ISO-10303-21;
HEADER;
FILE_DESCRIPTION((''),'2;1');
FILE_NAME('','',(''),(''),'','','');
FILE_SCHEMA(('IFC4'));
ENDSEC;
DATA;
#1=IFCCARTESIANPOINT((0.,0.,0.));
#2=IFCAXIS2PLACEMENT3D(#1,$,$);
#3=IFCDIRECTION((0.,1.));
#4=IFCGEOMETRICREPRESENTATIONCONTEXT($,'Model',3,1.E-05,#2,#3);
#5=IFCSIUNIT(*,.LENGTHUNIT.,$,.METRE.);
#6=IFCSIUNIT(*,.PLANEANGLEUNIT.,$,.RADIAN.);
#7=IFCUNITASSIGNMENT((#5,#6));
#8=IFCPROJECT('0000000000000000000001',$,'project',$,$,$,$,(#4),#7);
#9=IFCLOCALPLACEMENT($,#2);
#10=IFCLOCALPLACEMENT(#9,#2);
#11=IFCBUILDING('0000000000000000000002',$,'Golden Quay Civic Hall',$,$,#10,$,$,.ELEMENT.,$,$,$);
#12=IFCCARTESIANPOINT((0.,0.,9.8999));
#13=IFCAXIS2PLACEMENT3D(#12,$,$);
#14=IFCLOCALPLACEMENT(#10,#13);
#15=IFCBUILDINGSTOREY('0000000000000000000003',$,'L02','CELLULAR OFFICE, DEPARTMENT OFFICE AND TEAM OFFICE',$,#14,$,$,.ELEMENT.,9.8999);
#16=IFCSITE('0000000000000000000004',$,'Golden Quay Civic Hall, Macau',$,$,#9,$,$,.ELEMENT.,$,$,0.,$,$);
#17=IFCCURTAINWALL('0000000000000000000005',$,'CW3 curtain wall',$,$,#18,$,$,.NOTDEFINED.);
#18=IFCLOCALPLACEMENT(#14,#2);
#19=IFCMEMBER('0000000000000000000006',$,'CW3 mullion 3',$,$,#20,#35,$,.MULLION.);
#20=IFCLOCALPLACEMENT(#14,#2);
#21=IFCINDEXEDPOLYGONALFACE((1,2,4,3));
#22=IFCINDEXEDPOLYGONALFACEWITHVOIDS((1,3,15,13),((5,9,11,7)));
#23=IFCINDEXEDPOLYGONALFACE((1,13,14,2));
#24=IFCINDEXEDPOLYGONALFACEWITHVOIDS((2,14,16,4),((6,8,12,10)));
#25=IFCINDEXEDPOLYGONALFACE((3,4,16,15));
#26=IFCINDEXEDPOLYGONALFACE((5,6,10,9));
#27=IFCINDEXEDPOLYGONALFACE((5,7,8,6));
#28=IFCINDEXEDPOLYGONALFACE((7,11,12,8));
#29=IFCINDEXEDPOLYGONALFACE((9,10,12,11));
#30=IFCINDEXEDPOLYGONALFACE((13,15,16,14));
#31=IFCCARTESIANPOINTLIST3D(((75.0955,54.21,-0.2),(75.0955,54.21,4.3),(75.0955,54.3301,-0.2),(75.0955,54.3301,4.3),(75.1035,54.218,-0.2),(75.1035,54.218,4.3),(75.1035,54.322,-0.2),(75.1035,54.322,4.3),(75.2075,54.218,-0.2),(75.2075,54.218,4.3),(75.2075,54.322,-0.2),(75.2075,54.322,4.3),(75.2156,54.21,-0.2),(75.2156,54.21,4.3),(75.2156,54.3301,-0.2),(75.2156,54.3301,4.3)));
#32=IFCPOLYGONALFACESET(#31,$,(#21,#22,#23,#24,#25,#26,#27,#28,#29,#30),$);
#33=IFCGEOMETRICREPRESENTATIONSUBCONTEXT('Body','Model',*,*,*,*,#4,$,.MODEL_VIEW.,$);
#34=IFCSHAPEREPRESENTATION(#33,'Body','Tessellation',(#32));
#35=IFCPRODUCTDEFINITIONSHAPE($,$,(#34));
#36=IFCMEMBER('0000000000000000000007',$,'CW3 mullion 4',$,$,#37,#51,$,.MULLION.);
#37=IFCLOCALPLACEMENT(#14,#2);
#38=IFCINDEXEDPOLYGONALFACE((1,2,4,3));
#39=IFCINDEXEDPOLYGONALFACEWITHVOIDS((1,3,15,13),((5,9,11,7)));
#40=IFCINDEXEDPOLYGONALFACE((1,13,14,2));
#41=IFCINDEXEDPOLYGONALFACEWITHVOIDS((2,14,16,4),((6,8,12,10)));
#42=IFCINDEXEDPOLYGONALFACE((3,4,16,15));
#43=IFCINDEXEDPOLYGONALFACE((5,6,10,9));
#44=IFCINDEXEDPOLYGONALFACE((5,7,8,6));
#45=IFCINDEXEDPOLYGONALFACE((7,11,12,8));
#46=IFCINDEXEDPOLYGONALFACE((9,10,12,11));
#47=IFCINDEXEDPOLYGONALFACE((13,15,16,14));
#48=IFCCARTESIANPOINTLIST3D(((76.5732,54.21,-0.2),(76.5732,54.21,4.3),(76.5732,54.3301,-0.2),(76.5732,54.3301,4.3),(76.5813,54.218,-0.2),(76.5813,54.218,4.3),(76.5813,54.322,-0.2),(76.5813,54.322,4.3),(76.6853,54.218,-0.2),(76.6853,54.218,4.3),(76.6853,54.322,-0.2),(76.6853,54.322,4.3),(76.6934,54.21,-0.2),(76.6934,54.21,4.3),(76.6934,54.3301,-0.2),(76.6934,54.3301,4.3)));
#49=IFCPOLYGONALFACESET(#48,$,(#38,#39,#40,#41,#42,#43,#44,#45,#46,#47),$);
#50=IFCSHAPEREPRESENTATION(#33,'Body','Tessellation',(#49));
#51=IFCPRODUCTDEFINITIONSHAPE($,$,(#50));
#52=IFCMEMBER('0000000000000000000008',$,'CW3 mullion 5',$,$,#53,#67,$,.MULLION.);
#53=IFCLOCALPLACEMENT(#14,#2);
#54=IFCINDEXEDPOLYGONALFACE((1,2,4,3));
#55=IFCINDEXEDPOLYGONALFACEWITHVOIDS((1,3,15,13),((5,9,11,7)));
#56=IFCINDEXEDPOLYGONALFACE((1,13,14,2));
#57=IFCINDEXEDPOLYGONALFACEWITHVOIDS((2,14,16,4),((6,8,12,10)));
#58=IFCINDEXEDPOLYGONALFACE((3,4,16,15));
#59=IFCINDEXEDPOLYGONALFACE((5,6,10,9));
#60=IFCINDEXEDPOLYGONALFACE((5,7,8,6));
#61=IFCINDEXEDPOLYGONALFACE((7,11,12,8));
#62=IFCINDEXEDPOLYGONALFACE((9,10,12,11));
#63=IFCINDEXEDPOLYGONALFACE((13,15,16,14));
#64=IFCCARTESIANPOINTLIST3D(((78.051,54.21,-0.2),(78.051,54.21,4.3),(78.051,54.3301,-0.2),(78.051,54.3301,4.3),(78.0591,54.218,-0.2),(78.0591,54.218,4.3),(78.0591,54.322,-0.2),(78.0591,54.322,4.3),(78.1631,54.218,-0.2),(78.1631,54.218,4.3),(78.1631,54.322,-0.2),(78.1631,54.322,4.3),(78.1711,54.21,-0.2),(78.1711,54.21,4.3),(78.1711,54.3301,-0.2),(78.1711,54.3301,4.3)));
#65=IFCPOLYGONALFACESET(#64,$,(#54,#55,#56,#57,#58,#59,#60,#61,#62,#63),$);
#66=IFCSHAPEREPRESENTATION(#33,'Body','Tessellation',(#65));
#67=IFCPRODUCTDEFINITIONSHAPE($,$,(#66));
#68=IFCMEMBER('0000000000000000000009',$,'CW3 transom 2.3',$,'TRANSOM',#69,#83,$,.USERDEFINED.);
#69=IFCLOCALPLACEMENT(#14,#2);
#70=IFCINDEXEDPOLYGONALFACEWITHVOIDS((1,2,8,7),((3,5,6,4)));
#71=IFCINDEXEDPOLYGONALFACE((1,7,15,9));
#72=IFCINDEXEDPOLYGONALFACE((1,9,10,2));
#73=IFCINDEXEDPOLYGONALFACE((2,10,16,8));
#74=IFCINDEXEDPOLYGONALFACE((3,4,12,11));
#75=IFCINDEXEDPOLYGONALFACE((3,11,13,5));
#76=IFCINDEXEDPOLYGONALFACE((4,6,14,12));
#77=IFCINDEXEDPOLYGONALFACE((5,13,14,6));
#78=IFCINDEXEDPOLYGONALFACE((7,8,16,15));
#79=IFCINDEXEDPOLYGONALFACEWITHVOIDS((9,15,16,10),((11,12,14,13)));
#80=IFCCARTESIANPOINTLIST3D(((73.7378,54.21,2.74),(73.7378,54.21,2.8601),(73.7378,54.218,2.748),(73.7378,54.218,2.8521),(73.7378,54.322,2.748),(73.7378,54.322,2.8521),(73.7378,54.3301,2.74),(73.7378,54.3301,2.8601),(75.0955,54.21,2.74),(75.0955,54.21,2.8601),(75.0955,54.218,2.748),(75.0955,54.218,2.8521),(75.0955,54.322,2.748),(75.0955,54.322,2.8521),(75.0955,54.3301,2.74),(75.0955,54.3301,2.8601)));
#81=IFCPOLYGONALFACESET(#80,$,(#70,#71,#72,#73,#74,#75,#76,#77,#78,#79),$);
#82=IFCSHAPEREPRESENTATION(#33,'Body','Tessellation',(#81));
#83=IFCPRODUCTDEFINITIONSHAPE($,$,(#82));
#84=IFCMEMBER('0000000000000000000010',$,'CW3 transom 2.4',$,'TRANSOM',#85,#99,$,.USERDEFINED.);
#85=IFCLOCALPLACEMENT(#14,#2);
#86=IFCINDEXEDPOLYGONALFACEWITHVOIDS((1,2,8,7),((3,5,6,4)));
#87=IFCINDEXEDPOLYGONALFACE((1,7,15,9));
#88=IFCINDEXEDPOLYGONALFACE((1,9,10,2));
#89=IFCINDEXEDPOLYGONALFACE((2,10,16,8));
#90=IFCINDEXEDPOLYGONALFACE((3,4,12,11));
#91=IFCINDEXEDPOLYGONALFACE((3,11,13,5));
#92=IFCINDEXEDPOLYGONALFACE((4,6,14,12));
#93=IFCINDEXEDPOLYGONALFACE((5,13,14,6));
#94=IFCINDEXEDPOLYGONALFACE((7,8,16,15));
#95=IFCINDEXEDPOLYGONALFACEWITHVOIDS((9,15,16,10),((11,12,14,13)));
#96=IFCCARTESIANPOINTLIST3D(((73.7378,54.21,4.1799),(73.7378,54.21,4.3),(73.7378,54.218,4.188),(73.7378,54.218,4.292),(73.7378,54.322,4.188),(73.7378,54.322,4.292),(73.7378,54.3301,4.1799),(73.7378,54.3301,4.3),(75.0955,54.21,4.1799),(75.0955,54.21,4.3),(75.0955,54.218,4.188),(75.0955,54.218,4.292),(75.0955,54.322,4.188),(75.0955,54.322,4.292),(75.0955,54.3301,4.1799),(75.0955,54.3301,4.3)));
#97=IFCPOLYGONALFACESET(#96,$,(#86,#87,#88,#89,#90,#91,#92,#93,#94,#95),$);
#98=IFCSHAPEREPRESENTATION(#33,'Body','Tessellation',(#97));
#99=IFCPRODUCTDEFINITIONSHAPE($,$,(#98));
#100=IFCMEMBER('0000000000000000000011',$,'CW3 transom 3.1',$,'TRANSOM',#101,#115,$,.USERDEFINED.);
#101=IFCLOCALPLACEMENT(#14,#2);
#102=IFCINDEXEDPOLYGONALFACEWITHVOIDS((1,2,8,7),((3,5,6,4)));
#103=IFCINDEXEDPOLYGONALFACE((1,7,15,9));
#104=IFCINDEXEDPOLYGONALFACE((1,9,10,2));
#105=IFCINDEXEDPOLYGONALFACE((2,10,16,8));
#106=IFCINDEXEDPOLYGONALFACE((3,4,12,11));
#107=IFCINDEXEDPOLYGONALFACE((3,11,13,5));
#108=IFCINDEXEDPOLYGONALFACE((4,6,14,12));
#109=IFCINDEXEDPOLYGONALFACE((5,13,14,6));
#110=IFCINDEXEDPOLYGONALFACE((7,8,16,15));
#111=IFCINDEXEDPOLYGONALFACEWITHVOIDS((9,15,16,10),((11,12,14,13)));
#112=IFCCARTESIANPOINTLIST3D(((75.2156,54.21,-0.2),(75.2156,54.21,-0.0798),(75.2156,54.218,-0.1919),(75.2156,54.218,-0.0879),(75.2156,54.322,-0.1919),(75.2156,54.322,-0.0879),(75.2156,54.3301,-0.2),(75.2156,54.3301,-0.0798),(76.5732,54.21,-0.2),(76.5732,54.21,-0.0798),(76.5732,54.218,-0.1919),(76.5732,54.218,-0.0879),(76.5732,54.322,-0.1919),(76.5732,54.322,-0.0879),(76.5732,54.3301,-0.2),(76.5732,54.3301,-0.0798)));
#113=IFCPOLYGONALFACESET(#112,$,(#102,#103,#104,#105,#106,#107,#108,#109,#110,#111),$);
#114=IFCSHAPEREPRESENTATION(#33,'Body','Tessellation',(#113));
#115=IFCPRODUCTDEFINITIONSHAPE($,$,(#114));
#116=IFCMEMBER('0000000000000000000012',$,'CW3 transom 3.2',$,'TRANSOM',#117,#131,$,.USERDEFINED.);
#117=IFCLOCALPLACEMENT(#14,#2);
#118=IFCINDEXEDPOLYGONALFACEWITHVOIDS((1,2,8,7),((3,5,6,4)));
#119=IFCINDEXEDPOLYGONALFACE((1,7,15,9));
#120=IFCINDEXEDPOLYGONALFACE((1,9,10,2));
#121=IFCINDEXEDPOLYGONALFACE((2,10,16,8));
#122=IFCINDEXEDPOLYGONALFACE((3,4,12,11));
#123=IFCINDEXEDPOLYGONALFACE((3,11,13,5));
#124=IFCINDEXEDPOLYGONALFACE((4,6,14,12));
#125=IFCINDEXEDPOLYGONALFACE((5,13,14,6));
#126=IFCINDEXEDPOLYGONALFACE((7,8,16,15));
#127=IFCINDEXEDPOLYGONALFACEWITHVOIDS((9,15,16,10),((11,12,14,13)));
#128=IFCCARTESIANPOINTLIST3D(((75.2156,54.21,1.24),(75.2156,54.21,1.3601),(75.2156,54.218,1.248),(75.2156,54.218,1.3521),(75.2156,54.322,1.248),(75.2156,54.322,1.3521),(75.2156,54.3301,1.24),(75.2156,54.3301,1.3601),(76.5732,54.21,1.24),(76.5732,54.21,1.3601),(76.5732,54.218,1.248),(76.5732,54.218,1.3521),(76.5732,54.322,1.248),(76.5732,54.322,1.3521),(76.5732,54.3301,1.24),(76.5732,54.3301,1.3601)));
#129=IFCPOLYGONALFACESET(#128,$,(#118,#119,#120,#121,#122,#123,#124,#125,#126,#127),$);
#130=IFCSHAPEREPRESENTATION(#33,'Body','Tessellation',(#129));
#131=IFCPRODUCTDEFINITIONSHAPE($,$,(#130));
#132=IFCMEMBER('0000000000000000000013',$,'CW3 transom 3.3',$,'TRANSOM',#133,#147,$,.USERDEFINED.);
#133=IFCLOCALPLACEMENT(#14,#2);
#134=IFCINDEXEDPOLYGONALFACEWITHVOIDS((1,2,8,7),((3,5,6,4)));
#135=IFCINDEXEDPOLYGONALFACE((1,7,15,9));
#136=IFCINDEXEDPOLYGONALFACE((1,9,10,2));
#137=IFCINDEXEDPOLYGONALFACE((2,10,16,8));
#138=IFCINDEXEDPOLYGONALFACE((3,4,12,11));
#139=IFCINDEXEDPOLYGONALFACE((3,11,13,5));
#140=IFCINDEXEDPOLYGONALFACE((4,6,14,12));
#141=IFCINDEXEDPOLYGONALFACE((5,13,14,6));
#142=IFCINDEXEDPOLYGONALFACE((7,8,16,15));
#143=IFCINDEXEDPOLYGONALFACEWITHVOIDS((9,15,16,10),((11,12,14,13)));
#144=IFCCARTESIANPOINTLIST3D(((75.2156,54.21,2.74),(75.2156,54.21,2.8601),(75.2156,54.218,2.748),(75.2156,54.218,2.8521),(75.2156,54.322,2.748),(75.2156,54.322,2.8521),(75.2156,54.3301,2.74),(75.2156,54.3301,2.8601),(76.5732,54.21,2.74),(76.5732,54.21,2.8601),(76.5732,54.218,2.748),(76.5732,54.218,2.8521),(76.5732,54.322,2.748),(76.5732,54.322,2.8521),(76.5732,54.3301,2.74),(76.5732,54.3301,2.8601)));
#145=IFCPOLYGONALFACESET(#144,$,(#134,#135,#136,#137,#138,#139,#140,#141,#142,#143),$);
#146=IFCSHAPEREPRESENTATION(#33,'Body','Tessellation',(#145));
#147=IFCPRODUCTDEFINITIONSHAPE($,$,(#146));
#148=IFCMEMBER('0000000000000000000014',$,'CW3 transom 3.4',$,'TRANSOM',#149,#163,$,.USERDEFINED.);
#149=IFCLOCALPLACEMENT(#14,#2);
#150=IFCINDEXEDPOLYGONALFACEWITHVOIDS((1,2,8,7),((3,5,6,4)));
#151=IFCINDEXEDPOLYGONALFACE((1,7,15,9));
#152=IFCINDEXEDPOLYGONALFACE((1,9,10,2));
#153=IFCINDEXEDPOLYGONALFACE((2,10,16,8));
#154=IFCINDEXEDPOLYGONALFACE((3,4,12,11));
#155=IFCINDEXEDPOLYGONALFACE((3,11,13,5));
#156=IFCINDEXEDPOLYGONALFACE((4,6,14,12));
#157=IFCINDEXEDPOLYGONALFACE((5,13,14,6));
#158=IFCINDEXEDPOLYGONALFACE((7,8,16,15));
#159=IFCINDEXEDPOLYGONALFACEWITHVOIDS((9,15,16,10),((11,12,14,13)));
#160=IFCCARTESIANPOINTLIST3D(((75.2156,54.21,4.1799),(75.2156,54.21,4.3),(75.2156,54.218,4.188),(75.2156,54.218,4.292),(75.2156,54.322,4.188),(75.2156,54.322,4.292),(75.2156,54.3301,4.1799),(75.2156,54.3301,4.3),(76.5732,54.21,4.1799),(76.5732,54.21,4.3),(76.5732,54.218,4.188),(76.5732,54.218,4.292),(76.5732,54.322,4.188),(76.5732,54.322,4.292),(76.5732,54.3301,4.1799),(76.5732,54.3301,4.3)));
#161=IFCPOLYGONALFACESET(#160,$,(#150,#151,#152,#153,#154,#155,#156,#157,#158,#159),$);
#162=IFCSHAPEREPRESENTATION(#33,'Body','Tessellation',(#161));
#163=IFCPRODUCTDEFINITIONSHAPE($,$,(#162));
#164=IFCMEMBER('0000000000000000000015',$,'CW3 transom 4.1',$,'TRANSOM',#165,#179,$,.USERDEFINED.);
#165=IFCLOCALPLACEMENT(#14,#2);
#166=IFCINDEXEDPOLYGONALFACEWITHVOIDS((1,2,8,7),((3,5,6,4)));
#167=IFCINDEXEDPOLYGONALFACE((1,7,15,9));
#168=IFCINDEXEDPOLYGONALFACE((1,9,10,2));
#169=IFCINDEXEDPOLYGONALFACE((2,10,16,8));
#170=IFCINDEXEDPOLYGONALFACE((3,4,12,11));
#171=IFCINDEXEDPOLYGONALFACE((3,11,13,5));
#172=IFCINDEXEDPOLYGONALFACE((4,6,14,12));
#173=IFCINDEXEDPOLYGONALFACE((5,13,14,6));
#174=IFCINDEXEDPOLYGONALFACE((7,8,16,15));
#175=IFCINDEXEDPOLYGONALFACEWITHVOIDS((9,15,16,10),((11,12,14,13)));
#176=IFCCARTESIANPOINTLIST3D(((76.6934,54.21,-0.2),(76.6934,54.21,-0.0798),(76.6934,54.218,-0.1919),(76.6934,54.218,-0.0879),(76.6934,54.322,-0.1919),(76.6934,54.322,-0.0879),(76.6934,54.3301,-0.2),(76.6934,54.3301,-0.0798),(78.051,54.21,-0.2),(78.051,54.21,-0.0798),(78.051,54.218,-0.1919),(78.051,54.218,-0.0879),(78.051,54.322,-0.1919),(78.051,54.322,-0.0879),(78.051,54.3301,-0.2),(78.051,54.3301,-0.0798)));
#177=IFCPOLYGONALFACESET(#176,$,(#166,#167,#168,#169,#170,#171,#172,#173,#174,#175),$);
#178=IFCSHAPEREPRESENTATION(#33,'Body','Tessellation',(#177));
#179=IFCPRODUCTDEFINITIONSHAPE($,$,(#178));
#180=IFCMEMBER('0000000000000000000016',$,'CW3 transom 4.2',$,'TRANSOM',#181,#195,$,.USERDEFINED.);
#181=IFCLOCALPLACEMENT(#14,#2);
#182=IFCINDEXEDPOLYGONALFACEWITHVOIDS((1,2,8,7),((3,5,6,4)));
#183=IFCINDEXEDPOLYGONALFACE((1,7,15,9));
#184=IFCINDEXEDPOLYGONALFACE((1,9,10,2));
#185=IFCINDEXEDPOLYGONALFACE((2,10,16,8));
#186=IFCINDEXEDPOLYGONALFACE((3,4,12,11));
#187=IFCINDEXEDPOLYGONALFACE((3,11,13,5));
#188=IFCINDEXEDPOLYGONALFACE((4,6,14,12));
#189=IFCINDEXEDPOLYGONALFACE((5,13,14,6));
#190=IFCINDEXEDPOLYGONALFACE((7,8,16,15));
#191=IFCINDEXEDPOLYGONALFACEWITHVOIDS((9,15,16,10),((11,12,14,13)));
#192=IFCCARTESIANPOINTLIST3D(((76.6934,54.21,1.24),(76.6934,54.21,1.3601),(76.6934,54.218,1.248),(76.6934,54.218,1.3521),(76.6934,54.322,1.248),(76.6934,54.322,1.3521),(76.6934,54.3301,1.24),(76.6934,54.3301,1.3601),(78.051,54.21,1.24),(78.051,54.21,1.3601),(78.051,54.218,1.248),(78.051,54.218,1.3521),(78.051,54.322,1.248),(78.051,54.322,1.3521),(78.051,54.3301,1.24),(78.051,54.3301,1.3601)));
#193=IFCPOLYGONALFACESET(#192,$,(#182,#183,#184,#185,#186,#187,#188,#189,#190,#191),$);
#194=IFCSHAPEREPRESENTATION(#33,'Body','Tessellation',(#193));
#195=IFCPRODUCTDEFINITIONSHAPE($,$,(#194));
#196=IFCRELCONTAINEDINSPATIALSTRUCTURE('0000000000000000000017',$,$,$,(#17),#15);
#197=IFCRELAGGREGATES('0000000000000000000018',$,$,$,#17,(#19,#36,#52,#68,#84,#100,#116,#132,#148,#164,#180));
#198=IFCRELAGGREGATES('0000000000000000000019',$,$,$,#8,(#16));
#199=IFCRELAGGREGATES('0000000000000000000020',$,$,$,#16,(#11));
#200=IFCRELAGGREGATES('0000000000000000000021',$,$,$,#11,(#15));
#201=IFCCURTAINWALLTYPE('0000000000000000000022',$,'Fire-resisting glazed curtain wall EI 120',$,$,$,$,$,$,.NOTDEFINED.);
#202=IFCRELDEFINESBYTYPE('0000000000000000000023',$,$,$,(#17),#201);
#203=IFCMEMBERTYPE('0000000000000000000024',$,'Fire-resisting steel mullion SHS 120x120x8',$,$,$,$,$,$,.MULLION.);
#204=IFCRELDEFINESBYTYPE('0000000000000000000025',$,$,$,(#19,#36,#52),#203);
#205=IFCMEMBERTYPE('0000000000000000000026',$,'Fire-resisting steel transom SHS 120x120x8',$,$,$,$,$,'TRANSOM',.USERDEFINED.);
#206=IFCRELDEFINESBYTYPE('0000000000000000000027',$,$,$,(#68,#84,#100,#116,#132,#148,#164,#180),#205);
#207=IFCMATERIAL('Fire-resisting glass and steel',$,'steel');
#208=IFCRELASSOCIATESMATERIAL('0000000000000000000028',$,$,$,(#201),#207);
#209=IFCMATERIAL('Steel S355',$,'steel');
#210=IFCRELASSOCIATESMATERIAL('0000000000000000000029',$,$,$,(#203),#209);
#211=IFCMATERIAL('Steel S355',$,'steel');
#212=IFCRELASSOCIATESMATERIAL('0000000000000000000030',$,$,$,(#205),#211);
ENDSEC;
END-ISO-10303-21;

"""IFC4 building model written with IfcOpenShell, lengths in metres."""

from ifc_helpers import new_model, si_unit, direction, frame, origin, origin_2d, place, context, subcontext, project, spatial, hollow_rectangle, extrude, material, material_profile, profile_set, type_object, element, aggregate, save


model = new_model("IFC4")

# Units and contexts
model_context = context("Model", 3, precision=1e-05, world=origin(), true_north=direction((0.0, 1.0)))
body_context = subcontext(model_context, "Body", "Model", "MODEL_VIEW")
ifc_project = project(units=[si_unit("LENGTHUNIT", "METRE"), si_unit("PLANEANGLEUNIT", "RADIAN")], contexts=[model_context])

# Site, building, storey
site_placement = place(None, origin())
site = spatial("IfcSite", under=ifc_project, at=site_placement, Name="Golden Quay Civic Hall, Macau", CompositionType="ELEMENT", RefElevation=0.0)
building_placement = place(site_placement, origin())
building = spatial("IfcBuilding", under=site, at=building_placement, Name="Golden Quay Civic Hall", CompositionType="ELEMENT")
storey_placement = place(building_placement, frame((0.0, 0.0, 9.8999)))
storey = spatial("IfcBuildingStorey", under=building, at=storey_placement, Name="L02", Description="CELLULAR OFFICE, DEPARTMENT OFFICE AND TEAM OFFICE", CompositionType="ELEMENT", Elevation=9.8999)

# Curtain wall, members
ifc_material_1 = material(Name="Fire-resisting glass and steel", Category="steel")
curtain_wall_type = type_object("IfcCurtainWallType", Name="Fire-resisting glazed curtain wall EI 120", PredefinedType="NOTDEFINED", material=ifc_material_1)
curtain_wall_placement = place(storey_placement, origin())
curtain_wall = element("IfcCurtainWall", 1, at=curtain_wall_placement, inside=storey, type_object=curtain_wall_type, Name="CW3 curtain wall", PredefinedType="NOTDEFINED")
ifc_material_2 = material(Name="Steel S355", Category="steel")
ifc_material_profile_1 = material_profile(ifc_material_2, hollow_rectangle(XDim=0.1201, YDim=0.1201, WallThickness=0.0081, at=origin_2d()), Name="SHS 120x120x8")
ifc_profile_set_1 = profile_set([ifc_material_profile_1], Name="Steel S355")
member_type_1 = type_object("IfcMemberType", Name="Fire-resisting steel mullion SHS 120x120x8", PredefinedType="MULLION", material=ifc_profile_set_1)
member_1_placement = place(storey_placement, frame((75.1555, 54.27, -0.2), z_axis=(0.0, 0.0, 1.0), x_axis=(0.0, 1.0, 0.0)))
member_1 = element("IfcMember", 2, at=member_1_placement, type_object=member_type_1, Name="CW3 mullion 3", PredefinedType="MULLION", context=body_context, shape_type="SweptSolid", body=[
    extrude(hollow_rectangle(XDim=0.1201, YDim=0.1201, WallThickness=0.0081, at=origin_2d()), origin(), (0.0, 0.0, 1.0), 4.5),
])
member_2_placement = place(storey_placement, frame((76.6333, 54.27, -0.2), z_axis=(0.0, 0.0, 1.0), x_axis=(0.0, 1.0, 0.0)))
member_2 = element("IfcMember", 3, at=member_2_placement, type_object=member_type_1, Name="CW3 mullion 4", PredefinedType="MULLION", context=body_context, shape_type="SweptSolid", body=[
    extrude(hollow_rectangle(XDim=0.1201, YDim=0.1201, WallThickness=0.0081, at=origin_2d()), origin(), (0.0, 0.0, 1.0), 4.5),
])
member_3_placement = place(storey_placement, frame((78.1111, 54.27, -0.2), z_axis=(0.0, 0.0, 1.0), x_axis=(0.0, 1.0, 0.0)))
member_3 = element("IfcMember", 4, at=member_3_placement, type_object=member_type_1, Name="CW3 mullion 5", PredefinedType="MULLION", context=body_context, shape_type="SweptSolid", body=[
    extrude(hollow_rectangle(XDim=0.1201, YDim=0.1201, WallThickness=0.0081, at=origin_2d()), origin(), (0.0, 0.0, 1.0), 4.5),
])
ifc_material_3 = material(Name="Steel S355", Category="steel")
ifc_material_profile_2 = material_profile(ifc_material_3, hollow_rectangle(XDim=0.1201, YDim=0.1201, WallThickness=0.0081, at=origin_2d()), Name="SHS 120x120x8")
ifc_profile_set_2 = profile_set([ifc_material_profile_2], Name="Steel S355")
member_type_2 = type_object("IfcMemberType", Name="Fire-resisting steel transom SHS 120x120x8", ElementType="TRANSOM", PredefinedType="USERDEFINED", material=ifc_profile_set_2)
member_4_placement = place(storey_placement, frame((73.7378, 54.27, 2.8), z_axis=(1.0, 0.0, 0.0), x_axis=(0.0, 1.0, 0.0)))
member_4 = element("IfcMember", 5, at=member_4_placement, type_object=member_type_2, Name="CW3 transom 2.3", ObjectType="TRANSOM", PredefinedType="USERDEFINED", context=body_context, shape_type="SweptSolid", body=[
    extrude(hollow_rectangle(XDim=0.1201, YDim=0.1201, WallThickness=0.0081, at=origin_2d()), origin(), (0.0, 0.0, 1.0), 1.3577),
])
member_5_placement = place(storey_placement, frame((73.7378, 54.27, 4.24), z_axis=(1.0, 0.0, 0.0), x_axis=(0.0, 1.0, 0.0)))
member_5 = element("IfcMember", 6, at=member_5_placement, type_object=member_type_2, Name="CW3 transom 2.4", ObjectType="TRANSOM", PredefinedType="USERDEFINED", context=body_context, shape_type="SweptSolid", body=[
    extrude(hollow_rectangle(XDim=0.1201, YDim=0.1201, WallThickness=0.0081, at=origin_2d()), origin(), (0.0, 0.0, 1.0), 1.3577),
])
member_6_placement = place(storey_placement, frame((75.2156, 54.27, -0.1399), z_axis=(1.0, 0.0, 0.0), x_axis=(0.0, 1.0, 0.0)))
member_6 = element("IfcMember", 7, at=member_6_placement, type_object=member_type_2, Name="CW3 transom 3.1", ObjectType="TRANSOM", PredefinedType="USERDEFINED", context=body_context, shape_type="SweptSolid", body=[
    extrude(hollow_rectangle(XDim=0.1201, YDim=0.1201, WallThickness=0.0081, at=origin_2d()), origin(), (0.0, 0.0, 1.0), 1.3577),
])
member_7_placement = place(storey_placement, frame((75.2156, 54.27, 1.3), z_axis=(1.0, 0.0, 0.0), x_axis=(0.0, 1.0, 0.0)))
member_7 = element("IfcMember", 8, at=member_7_placement, type_object=member_type_2, Name="CW3 transom 3.2", ObjectType="TRANSOM", PredefinedType="USERDEFINED", context=body_context, shape_type="SweptSolid", body=[
    extrude(hollow_rectangle(XDim=0.1201, YDim=0.1201, WallThickness=0.0081, at=origin_2d()), origin(), (0.0, 0.0, 1.0), 1.3577),
])
member_8_placement = place(storey_placement, frame((75.2156, 54.27, 2.8), z_axis=(1.0, 0.0, 0.0), x_axis=(0.0, 1.0, 0.0)))
member_8 = element("IfcMember", 9, at=member_8_placement, type_object=member_type_2, Name="CW3 transom 3.3", ObjectType="TRANSOM", PredefinedType="USERDEFINED", context=body_context, shape_type="SweptSolid", body=[
    extrude(hollow_rectangle(XDim=0.1201, YDim=0.1201, WallThickness=0.0081, at=origin_2d()), origin(), (0.0, 0.0, 1.0), 1.3577),
])
member_9_placement = place(storey_placement, frame((75.2156, 54.27, 4.24), z_axis=(1.0, 0.0, 0.0), x_axis=(0.0, 1.0, 0.0)))
member_9 = element("IfcMember", 10, at=member_9_placement, type_object=member_type_2, Name="CW3 transom 3.4", ObjectType="TRANSOM", PredefinedType="USERDEFINED", context=body_context, shape_type="SweptSolid", body=[
    extrude(hollow_rectangle(XDim=0.1201, YDim=0.1201, WallThickness=0.0081, at=origin_2d()), origin(), (0.0, 0.0, 1.0), 1.3577),
])
member_10_placement = place(storey_placement, frame((76.6934, 54.27, -0.1399), z_axis=(1.0, 0.0, 0.0), x_axis=(0.0, 1.0, 0.0)))
member_10 = element("IfcMember", 11, at=member_10_placement, type_object=member_type_2, Name="CW3 transom 4.1", ObjectType="TRANSOM", PredefinedType="USERDEFINED", context=body_context, shape_type="SweptSolid", body=[
    extrude(hollow_rectangle(XDim=0.1201, YDim=0.1201, WallThickness=0.0081, at=origin_2d()), origin(), (0.0, 0.0, 1.0), 1.3577),
])
member_11_placement = place(storey_placement, frame((76.6934, 54.27, 1.3), z_axis=(1.0, 0.0, 0.0), x_axis=(0.0, 1.0, 0.0)))
member_11 = element("IfcMember", 12, at=member_11_placement, type_object=member_type_2, Name="CW3 transom 4.2", ObjectType="TRANSOM", PredefinedType="USERDEFINED", context=body_context, shape_type="SweptSolid", body=[
    extrude(hollow_rectangle(XDim=0.1201, YDim=0.1201, WallThickness=0.0081, at=origin_2d()), origin(), (0.0, 0.0, 1.0), 1.3577),
])
aggregate(curtain_wall, [member_1, member_2, member_3, member_4, member_5, member_6, member_7, member_8, member_9, member_10, member_11])

save(model, "model.ifc")
